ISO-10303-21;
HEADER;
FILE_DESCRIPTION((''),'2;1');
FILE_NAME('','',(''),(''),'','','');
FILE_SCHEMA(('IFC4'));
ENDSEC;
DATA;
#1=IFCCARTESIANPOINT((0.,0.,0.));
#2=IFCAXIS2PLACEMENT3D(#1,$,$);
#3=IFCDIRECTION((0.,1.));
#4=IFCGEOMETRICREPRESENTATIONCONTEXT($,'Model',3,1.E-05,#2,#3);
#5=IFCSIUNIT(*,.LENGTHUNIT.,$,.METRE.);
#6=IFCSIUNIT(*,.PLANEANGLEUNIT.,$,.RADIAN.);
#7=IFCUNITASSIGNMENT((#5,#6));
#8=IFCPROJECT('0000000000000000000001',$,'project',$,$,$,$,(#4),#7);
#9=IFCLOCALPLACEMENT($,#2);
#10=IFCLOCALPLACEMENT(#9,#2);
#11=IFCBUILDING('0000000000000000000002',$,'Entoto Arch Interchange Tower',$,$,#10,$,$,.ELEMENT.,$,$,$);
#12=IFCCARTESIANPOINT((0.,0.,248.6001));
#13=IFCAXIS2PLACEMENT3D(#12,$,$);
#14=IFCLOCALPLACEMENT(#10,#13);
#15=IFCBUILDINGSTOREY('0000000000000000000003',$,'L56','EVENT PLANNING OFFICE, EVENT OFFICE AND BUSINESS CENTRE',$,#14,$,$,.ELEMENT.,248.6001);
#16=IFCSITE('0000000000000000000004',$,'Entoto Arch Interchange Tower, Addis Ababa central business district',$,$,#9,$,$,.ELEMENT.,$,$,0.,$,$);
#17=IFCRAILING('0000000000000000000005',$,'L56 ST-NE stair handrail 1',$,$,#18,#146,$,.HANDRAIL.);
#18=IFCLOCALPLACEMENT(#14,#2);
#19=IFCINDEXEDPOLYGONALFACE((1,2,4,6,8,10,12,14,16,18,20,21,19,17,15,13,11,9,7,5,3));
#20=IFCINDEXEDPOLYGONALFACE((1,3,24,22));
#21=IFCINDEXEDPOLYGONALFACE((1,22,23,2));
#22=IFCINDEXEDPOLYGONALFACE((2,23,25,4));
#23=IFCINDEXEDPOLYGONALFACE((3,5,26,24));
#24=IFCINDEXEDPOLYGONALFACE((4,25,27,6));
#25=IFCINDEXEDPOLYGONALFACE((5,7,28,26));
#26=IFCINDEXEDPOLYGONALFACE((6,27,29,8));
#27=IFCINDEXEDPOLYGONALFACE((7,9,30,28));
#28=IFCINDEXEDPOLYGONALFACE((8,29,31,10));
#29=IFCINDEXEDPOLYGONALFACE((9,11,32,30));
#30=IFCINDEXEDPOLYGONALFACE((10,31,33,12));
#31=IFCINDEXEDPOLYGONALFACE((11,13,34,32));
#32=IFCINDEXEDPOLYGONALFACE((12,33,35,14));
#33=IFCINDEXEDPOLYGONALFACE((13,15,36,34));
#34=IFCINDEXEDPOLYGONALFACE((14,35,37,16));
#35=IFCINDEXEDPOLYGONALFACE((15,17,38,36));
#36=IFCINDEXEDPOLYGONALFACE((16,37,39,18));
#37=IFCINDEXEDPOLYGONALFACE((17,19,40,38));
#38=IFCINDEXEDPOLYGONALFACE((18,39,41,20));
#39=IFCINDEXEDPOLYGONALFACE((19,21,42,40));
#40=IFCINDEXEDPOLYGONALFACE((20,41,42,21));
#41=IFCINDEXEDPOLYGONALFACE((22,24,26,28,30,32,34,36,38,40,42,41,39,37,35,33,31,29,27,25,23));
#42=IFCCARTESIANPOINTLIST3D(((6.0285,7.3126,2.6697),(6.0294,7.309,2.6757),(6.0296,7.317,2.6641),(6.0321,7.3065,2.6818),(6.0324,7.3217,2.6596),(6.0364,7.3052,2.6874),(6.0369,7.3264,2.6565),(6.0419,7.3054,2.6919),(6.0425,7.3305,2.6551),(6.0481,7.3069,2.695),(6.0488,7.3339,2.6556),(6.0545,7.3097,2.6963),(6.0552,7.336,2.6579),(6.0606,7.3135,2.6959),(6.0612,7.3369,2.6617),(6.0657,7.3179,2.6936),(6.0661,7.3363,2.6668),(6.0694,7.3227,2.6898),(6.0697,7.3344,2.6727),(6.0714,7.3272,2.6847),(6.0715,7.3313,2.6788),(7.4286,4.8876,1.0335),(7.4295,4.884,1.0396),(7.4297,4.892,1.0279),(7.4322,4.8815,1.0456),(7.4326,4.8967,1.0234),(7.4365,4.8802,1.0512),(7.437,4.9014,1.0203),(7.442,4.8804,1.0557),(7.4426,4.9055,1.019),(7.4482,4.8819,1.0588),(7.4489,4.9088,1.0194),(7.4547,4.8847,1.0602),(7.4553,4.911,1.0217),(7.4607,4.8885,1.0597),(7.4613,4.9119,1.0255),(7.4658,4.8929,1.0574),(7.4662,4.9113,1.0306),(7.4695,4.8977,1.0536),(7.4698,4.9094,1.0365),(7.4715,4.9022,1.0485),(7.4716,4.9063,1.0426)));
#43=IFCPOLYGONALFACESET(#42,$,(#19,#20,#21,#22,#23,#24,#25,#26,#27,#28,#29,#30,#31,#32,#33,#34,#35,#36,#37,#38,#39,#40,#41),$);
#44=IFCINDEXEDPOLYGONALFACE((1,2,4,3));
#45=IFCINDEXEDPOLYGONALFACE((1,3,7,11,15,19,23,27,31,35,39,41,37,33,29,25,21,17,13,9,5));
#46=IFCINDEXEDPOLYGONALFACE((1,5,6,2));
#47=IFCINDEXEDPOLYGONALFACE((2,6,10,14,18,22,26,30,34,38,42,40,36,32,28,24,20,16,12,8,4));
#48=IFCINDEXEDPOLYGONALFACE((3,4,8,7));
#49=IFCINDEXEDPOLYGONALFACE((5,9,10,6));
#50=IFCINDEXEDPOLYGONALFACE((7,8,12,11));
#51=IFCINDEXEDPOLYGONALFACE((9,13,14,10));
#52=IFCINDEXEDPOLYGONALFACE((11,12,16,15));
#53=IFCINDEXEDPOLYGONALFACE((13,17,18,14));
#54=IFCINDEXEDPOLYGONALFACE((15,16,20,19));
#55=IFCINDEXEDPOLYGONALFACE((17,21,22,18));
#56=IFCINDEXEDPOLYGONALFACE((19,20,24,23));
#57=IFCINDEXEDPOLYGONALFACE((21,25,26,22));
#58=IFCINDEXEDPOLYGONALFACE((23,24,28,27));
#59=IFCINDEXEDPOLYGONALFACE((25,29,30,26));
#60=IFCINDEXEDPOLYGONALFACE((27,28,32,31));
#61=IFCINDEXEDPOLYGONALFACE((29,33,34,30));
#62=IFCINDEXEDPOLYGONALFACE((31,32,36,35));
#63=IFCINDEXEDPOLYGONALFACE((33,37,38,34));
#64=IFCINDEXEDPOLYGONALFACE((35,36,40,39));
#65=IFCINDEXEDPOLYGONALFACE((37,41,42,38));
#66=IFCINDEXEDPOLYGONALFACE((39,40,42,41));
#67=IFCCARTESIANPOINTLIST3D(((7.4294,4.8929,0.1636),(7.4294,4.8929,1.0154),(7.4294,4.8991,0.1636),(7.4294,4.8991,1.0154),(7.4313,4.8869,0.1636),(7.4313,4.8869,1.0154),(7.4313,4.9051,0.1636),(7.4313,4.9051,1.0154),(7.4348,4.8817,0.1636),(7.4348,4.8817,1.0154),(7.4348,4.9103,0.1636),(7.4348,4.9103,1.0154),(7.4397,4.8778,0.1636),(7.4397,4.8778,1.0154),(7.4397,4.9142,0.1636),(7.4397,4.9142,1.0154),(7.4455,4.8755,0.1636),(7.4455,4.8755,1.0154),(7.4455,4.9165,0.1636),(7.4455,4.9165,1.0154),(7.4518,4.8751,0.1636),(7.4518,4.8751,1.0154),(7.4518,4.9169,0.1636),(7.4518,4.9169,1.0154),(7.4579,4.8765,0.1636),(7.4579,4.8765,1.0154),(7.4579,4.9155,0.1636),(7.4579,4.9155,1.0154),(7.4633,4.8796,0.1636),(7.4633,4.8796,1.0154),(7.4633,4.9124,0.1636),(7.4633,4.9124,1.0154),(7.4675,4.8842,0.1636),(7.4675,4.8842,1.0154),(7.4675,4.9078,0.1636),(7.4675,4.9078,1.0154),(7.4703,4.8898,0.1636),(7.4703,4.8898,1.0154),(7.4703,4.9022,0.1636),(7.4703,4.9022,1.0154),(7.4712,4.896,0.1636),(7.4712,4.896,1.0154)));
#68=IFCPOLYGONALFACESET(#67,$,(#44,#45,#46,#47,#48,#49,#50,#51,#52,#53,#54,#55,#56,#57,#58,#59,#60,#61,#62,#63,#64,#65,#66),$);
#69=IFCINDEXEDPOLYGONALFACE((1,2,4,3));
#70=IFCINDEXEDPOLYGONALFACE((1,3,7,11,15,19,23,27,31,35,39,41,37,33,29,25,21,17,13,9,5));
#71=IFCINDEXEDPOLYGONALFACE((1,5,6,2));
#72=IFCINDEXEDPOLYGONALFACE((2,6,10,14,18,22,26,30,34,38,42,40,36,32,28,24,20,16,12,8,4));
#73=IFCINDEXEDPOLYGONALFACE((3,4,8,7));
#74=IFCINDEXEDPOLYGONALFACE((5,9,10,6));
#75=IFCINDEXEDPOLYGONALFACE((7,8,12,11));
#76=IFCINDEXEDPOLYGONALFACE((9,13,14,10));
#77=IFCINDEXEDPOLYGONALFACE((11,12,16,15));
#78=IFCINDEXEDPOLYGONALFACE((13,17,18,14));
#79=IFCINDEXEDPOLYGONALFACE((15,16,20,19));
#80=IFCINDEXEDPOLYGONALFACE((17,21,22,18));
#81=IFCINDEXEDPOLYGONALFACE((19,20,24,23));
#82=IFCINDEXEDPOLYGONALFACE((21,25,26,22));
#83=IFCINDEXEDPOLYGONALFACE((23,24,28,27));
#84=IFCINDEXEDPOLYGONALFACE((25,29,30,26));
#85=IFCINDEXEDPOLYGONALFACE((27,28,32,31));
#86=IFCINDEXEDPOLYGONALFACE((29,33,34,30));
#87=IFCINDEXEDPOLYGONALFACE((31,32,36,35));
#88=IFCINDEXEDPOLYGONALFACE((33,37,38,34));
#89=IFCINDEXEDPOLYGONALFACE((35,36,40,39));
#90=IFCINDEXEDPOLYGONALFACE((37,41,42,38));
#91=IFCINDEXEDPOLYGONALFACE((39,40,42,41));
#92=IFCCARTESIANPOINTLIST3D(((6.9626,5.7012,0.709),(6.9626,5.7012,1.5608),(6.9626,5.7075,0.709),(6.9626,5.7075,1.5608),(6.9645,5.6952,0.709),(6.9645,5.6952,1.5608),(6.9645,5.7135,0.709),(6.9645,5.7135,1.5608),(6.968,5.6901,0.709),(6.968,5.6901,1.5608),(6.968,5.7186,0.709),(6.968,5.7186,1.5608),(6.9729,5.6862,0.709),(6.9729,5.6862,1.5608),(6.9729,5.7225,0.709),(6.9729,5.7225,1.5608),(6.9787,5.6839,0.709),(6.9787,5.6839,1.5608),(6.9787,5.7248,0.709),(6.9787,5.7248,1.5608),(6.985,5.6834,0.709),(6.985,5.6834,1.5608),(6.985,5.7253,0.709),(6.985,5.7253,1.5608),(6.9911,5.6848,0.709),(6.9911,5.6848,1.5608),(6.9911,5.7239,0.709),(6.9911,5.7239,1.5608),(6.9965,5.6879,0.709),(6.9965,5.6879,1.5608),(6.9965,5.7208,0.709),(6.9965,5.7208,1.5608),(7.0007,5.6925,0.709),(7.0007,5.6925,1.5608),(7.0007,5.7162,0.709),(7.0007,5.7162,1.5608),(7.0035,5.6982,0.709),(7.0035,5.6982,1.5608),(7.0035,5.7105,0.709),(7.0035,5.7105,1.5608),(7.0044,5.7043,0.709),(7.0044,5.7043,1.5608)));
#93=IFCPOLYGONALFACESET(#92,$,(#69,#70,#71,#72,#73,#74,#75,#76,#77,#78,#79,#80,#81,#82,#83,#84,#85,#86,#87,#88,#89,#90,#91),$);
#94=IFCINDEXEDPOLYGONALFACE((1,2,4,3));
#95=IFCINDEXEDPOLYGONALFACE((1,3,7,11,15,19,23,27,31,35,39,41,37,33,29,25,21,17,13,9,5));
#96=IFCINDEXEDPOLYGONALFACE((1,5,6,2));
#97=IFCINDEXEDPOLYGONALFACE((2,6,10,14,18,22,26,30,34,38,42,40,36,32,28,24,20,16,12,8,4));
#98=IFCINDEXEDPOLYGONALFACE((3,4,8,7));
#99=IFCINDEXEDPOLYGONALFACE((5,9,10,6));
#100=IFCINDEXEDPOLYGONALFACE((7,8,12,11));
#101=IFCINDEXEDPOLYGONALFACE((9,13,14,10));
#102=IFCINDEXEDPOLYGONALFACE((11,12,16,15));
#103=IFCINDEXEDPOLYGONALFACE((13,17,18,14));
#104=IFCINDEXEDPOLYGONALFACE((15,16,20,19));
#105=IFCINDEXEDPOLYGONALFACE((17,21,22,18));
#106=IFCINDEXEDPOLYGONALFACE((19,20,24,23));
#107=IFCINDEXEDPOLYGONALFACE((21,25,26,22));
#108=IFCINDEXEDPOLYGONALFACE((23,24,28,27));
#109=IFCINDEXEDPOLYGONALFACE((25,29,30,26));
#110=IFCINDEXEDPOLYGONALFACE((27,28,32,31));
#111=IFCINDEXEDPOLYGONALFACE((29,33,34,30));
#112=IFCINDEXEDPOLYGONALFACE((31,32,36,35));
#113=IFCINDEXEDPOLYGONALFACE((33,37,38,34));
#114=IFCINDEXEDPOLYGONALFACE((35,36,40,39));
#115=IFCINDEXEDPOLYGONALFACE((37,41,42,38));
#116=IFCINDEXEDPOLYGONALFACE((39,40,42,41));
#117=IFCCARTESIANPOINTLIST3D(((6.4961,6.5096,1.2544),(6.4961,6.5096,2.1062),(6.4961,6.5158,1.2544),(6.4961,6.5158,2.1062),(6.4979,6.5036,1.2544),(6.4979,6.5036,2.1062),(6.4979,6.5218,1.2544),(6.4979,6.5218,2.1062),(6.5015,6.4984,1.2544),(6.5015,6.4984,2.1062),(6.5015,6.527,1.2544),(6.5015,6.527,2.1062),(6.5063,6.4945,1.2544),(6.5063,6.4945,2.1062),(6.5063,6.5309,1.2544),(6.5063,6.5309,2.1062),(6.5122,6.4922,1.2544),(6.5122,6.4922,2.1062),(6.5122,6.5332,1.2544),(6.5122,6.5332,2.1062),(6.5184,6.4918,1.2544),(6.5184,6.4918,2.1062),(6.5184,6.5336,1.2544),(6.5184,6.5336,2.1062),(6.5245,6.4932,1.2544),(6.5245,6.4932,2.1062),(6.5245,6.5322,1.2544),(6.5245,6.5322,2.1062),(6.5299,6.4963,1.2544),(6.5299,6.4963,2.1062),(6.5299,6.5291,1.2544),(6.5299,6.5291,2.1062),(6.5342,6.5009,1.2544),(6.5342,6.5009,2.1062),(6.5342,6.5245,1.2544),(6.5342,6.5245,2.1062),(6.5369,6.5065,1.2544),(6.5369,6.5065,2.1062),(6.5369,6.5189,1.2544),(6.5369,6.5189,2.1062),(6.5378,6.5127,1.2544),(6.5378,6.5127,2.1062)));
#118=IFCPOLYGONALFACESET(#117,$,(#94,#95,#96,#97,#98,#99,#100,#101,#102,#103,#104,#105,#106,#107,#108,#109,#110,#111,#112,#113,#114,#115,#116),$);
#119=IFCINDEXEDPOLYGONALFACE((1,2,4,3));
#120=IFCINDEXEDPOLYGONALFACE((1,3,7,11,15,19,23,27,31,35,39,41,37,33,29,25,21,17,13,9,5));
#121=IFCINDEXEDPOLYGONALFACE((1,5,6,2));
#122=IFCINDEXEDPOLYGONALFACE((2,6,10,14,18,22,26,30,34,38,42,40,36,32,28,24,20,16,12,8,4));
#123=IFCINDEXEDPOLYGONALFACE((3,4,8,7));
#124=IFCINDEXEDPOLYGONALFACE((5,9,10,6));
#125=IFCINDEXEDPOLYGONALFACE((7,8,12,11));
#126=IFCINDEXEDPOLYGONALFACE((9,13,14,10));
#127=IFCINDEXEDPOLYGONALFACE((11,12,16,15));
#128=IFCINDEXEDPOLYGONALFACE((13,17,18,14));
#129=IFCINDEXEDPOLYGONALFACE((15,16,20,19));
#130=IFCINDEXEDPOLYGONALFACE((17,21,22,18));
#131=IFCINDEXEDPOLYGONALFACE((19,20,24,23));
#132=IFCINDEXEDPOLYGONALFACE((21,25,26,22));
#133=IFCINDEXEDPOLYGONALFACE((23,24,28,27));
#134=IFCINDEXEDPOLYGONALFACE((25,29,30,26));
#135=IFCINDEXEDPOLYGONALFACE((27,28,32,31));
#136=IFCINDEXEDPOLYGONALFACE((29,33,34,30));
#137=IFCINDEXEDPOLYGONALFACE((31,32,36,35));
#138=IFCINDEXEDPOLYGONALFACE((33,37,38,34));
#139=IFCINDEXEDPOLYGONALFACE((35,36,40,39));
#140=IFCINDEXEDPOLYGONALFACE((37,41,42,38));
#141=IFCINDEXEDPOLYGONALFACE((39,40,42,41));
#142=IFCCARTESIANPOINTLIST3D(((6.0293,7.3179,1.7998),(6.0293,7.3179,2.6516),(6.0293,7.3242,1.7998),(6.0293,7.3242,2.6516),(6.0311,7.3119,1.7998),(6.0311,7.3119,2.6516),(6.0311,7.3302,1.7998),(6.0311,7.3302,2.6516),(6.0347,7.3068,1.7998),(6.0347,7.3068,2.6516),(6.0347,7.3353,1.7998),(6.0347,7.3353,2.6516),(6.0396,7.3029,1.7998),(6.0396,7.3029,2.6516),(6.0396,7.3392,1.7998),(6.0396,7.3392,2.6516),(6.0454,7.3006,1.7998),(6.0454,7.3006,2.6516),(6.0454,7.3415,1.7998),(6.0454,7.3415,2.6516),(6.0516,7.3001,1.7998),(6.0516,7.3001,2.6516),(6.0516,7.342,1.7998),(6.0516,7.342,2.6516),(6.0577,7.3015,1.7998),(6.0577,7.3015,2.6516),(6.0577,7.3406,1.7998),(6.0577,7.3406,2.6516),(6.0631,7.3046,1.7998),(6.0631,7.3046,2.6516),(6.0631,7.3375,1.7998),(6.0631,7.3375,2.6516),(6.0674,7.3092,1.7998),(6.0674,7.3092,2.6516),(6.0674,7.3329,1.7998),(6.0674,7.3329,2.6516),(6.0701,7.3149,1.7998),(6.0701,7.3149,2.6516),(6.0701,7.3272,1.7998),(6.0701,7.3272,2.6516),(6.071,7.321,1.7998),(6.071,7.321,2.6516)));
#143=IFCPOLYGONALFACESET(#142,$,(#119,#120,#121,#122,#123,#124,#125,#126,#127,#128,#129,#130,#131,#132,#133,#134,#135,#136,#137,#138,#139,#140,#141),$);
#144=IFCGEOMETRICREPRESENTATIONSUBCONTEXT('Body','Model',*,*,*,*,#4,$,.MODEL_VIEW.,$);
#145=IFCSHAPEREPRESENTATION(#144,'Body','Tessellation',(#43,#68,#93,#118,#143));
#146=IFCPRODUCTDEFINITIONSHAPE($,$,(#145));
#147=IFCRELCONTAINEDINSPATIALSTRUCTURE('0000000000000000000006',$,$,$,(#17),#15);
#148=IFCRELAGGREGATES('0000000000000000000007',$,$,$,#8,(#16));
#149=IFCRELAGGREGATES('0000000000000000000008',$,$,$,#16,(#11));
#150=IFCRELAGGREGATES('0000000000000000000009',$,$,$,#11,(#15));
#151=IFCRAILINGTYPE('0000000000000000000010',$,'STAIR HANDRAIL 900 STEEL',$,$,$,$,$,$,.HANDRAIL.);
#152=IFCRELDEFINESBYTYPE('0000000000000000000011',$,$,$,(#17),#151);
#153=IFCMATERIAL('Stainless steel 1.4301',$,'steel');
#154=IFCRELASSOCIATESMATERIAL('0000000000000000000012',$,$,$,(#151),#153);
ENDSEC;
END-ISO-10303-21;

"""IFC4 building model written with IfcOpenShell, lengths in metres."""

from ifc_helpers import new_model, si_unit, direction, frame, origin, origin_2d, place, context, subcontext, project, spatial, circle, extrude, material, type_object, element, save


model = new_model("IFC4")

# Units and contexts
model_context = context("Model", 3, precision=1e-05, world=origin(), true_north=direction((0.0, 1.0)))
body_context = subcontext(model_context, "Body", "Model", "MODEL_VIEW")
ifc_project = project(units=[si_unit("LENGTHUNIT", "METRE"), si_unit("PLANEANGLEUNIT", "RADIAN")], contexts=[model_context])

# Site, building, storey
site_placement = place(None, origin())
site = spatial("IfcSite", under=ifc_project, at=site_placement, Name="Entoto Arch Interchange Tower, Addis Ababa central business district", CompositionType="ELEMENT", RefElevation=0.0)
building_placement = place(site_placement, origin())
building = spatial("IfcBuilding", under=site, at=building_placement, Name="Entoto Arch Interchange Tower", CompositionType="ELEMENT")
storey_placement = place(building_placement, frame((0.0, 0.0, 248.6001)))
storey = spatial("IfcBuildingStorey", under=building, at=storey_placement, Name="L56", Description="EVENT PLANNING OFFICE, EVENT OFFICE AND BUSINESS CENTRE", CompositionType="ELEMENT", Elevation=248.6001)

# Railing
ifc_material_1 = material(Name="Stainless steel 1.4301", Category="steel")
railing_type_1 = type_object("IfcRailingType", Name="STAIR HANDRAIL 900 STEEL", PredefinedType="HANDRAIL", material=ifc_material_1)
railing_1_placement = place(storey_placement, frame((7.4502, 4.896, 0.1636)))
element("IfcRailing", 1, at=railing_1_placement, inside=storey, type_object=railing_type_1, Name="L56 ST-NE stair handrail 1", PredefinedType="HANDRAIL", context=body_context, shape_type="SweptSolid", body=[
    extrude(circle(Radius=0.0239, at=origin_2d()), frame((0.0, 0.0, 0.876), z_axis=(-0.431714, 0.747727, 0.504507), x_axis=(-0.866019, -0.500012, 0.0)), (0.0, 0.0, 1.0), 3.2432),
    extrude(circle(Radius=0.021, at=origin_2d()), origin(), (0.0, 0.0, 1.0), 0.8518),
    extrude(circle(Radius=0.021, at=origin_2d()), frame((-0.4668, 0.8083, 0.5454)), (0.0, 0.0, 1.0), 0.8518),
    extrude(circle(Radius=0.021, at=origin_2d()), frame((-0.9333, 1.6167, 1.0908)), (0.0, 0.0, 1.0), 0.8518),
    extrude(circle(Radius=0.021, at=origin_2d()), frame((-1.4001, 2.425, 1.6362)), (0.0, 0.0, 1.0), 0.8518),
])

save(model, "model.ifc")
